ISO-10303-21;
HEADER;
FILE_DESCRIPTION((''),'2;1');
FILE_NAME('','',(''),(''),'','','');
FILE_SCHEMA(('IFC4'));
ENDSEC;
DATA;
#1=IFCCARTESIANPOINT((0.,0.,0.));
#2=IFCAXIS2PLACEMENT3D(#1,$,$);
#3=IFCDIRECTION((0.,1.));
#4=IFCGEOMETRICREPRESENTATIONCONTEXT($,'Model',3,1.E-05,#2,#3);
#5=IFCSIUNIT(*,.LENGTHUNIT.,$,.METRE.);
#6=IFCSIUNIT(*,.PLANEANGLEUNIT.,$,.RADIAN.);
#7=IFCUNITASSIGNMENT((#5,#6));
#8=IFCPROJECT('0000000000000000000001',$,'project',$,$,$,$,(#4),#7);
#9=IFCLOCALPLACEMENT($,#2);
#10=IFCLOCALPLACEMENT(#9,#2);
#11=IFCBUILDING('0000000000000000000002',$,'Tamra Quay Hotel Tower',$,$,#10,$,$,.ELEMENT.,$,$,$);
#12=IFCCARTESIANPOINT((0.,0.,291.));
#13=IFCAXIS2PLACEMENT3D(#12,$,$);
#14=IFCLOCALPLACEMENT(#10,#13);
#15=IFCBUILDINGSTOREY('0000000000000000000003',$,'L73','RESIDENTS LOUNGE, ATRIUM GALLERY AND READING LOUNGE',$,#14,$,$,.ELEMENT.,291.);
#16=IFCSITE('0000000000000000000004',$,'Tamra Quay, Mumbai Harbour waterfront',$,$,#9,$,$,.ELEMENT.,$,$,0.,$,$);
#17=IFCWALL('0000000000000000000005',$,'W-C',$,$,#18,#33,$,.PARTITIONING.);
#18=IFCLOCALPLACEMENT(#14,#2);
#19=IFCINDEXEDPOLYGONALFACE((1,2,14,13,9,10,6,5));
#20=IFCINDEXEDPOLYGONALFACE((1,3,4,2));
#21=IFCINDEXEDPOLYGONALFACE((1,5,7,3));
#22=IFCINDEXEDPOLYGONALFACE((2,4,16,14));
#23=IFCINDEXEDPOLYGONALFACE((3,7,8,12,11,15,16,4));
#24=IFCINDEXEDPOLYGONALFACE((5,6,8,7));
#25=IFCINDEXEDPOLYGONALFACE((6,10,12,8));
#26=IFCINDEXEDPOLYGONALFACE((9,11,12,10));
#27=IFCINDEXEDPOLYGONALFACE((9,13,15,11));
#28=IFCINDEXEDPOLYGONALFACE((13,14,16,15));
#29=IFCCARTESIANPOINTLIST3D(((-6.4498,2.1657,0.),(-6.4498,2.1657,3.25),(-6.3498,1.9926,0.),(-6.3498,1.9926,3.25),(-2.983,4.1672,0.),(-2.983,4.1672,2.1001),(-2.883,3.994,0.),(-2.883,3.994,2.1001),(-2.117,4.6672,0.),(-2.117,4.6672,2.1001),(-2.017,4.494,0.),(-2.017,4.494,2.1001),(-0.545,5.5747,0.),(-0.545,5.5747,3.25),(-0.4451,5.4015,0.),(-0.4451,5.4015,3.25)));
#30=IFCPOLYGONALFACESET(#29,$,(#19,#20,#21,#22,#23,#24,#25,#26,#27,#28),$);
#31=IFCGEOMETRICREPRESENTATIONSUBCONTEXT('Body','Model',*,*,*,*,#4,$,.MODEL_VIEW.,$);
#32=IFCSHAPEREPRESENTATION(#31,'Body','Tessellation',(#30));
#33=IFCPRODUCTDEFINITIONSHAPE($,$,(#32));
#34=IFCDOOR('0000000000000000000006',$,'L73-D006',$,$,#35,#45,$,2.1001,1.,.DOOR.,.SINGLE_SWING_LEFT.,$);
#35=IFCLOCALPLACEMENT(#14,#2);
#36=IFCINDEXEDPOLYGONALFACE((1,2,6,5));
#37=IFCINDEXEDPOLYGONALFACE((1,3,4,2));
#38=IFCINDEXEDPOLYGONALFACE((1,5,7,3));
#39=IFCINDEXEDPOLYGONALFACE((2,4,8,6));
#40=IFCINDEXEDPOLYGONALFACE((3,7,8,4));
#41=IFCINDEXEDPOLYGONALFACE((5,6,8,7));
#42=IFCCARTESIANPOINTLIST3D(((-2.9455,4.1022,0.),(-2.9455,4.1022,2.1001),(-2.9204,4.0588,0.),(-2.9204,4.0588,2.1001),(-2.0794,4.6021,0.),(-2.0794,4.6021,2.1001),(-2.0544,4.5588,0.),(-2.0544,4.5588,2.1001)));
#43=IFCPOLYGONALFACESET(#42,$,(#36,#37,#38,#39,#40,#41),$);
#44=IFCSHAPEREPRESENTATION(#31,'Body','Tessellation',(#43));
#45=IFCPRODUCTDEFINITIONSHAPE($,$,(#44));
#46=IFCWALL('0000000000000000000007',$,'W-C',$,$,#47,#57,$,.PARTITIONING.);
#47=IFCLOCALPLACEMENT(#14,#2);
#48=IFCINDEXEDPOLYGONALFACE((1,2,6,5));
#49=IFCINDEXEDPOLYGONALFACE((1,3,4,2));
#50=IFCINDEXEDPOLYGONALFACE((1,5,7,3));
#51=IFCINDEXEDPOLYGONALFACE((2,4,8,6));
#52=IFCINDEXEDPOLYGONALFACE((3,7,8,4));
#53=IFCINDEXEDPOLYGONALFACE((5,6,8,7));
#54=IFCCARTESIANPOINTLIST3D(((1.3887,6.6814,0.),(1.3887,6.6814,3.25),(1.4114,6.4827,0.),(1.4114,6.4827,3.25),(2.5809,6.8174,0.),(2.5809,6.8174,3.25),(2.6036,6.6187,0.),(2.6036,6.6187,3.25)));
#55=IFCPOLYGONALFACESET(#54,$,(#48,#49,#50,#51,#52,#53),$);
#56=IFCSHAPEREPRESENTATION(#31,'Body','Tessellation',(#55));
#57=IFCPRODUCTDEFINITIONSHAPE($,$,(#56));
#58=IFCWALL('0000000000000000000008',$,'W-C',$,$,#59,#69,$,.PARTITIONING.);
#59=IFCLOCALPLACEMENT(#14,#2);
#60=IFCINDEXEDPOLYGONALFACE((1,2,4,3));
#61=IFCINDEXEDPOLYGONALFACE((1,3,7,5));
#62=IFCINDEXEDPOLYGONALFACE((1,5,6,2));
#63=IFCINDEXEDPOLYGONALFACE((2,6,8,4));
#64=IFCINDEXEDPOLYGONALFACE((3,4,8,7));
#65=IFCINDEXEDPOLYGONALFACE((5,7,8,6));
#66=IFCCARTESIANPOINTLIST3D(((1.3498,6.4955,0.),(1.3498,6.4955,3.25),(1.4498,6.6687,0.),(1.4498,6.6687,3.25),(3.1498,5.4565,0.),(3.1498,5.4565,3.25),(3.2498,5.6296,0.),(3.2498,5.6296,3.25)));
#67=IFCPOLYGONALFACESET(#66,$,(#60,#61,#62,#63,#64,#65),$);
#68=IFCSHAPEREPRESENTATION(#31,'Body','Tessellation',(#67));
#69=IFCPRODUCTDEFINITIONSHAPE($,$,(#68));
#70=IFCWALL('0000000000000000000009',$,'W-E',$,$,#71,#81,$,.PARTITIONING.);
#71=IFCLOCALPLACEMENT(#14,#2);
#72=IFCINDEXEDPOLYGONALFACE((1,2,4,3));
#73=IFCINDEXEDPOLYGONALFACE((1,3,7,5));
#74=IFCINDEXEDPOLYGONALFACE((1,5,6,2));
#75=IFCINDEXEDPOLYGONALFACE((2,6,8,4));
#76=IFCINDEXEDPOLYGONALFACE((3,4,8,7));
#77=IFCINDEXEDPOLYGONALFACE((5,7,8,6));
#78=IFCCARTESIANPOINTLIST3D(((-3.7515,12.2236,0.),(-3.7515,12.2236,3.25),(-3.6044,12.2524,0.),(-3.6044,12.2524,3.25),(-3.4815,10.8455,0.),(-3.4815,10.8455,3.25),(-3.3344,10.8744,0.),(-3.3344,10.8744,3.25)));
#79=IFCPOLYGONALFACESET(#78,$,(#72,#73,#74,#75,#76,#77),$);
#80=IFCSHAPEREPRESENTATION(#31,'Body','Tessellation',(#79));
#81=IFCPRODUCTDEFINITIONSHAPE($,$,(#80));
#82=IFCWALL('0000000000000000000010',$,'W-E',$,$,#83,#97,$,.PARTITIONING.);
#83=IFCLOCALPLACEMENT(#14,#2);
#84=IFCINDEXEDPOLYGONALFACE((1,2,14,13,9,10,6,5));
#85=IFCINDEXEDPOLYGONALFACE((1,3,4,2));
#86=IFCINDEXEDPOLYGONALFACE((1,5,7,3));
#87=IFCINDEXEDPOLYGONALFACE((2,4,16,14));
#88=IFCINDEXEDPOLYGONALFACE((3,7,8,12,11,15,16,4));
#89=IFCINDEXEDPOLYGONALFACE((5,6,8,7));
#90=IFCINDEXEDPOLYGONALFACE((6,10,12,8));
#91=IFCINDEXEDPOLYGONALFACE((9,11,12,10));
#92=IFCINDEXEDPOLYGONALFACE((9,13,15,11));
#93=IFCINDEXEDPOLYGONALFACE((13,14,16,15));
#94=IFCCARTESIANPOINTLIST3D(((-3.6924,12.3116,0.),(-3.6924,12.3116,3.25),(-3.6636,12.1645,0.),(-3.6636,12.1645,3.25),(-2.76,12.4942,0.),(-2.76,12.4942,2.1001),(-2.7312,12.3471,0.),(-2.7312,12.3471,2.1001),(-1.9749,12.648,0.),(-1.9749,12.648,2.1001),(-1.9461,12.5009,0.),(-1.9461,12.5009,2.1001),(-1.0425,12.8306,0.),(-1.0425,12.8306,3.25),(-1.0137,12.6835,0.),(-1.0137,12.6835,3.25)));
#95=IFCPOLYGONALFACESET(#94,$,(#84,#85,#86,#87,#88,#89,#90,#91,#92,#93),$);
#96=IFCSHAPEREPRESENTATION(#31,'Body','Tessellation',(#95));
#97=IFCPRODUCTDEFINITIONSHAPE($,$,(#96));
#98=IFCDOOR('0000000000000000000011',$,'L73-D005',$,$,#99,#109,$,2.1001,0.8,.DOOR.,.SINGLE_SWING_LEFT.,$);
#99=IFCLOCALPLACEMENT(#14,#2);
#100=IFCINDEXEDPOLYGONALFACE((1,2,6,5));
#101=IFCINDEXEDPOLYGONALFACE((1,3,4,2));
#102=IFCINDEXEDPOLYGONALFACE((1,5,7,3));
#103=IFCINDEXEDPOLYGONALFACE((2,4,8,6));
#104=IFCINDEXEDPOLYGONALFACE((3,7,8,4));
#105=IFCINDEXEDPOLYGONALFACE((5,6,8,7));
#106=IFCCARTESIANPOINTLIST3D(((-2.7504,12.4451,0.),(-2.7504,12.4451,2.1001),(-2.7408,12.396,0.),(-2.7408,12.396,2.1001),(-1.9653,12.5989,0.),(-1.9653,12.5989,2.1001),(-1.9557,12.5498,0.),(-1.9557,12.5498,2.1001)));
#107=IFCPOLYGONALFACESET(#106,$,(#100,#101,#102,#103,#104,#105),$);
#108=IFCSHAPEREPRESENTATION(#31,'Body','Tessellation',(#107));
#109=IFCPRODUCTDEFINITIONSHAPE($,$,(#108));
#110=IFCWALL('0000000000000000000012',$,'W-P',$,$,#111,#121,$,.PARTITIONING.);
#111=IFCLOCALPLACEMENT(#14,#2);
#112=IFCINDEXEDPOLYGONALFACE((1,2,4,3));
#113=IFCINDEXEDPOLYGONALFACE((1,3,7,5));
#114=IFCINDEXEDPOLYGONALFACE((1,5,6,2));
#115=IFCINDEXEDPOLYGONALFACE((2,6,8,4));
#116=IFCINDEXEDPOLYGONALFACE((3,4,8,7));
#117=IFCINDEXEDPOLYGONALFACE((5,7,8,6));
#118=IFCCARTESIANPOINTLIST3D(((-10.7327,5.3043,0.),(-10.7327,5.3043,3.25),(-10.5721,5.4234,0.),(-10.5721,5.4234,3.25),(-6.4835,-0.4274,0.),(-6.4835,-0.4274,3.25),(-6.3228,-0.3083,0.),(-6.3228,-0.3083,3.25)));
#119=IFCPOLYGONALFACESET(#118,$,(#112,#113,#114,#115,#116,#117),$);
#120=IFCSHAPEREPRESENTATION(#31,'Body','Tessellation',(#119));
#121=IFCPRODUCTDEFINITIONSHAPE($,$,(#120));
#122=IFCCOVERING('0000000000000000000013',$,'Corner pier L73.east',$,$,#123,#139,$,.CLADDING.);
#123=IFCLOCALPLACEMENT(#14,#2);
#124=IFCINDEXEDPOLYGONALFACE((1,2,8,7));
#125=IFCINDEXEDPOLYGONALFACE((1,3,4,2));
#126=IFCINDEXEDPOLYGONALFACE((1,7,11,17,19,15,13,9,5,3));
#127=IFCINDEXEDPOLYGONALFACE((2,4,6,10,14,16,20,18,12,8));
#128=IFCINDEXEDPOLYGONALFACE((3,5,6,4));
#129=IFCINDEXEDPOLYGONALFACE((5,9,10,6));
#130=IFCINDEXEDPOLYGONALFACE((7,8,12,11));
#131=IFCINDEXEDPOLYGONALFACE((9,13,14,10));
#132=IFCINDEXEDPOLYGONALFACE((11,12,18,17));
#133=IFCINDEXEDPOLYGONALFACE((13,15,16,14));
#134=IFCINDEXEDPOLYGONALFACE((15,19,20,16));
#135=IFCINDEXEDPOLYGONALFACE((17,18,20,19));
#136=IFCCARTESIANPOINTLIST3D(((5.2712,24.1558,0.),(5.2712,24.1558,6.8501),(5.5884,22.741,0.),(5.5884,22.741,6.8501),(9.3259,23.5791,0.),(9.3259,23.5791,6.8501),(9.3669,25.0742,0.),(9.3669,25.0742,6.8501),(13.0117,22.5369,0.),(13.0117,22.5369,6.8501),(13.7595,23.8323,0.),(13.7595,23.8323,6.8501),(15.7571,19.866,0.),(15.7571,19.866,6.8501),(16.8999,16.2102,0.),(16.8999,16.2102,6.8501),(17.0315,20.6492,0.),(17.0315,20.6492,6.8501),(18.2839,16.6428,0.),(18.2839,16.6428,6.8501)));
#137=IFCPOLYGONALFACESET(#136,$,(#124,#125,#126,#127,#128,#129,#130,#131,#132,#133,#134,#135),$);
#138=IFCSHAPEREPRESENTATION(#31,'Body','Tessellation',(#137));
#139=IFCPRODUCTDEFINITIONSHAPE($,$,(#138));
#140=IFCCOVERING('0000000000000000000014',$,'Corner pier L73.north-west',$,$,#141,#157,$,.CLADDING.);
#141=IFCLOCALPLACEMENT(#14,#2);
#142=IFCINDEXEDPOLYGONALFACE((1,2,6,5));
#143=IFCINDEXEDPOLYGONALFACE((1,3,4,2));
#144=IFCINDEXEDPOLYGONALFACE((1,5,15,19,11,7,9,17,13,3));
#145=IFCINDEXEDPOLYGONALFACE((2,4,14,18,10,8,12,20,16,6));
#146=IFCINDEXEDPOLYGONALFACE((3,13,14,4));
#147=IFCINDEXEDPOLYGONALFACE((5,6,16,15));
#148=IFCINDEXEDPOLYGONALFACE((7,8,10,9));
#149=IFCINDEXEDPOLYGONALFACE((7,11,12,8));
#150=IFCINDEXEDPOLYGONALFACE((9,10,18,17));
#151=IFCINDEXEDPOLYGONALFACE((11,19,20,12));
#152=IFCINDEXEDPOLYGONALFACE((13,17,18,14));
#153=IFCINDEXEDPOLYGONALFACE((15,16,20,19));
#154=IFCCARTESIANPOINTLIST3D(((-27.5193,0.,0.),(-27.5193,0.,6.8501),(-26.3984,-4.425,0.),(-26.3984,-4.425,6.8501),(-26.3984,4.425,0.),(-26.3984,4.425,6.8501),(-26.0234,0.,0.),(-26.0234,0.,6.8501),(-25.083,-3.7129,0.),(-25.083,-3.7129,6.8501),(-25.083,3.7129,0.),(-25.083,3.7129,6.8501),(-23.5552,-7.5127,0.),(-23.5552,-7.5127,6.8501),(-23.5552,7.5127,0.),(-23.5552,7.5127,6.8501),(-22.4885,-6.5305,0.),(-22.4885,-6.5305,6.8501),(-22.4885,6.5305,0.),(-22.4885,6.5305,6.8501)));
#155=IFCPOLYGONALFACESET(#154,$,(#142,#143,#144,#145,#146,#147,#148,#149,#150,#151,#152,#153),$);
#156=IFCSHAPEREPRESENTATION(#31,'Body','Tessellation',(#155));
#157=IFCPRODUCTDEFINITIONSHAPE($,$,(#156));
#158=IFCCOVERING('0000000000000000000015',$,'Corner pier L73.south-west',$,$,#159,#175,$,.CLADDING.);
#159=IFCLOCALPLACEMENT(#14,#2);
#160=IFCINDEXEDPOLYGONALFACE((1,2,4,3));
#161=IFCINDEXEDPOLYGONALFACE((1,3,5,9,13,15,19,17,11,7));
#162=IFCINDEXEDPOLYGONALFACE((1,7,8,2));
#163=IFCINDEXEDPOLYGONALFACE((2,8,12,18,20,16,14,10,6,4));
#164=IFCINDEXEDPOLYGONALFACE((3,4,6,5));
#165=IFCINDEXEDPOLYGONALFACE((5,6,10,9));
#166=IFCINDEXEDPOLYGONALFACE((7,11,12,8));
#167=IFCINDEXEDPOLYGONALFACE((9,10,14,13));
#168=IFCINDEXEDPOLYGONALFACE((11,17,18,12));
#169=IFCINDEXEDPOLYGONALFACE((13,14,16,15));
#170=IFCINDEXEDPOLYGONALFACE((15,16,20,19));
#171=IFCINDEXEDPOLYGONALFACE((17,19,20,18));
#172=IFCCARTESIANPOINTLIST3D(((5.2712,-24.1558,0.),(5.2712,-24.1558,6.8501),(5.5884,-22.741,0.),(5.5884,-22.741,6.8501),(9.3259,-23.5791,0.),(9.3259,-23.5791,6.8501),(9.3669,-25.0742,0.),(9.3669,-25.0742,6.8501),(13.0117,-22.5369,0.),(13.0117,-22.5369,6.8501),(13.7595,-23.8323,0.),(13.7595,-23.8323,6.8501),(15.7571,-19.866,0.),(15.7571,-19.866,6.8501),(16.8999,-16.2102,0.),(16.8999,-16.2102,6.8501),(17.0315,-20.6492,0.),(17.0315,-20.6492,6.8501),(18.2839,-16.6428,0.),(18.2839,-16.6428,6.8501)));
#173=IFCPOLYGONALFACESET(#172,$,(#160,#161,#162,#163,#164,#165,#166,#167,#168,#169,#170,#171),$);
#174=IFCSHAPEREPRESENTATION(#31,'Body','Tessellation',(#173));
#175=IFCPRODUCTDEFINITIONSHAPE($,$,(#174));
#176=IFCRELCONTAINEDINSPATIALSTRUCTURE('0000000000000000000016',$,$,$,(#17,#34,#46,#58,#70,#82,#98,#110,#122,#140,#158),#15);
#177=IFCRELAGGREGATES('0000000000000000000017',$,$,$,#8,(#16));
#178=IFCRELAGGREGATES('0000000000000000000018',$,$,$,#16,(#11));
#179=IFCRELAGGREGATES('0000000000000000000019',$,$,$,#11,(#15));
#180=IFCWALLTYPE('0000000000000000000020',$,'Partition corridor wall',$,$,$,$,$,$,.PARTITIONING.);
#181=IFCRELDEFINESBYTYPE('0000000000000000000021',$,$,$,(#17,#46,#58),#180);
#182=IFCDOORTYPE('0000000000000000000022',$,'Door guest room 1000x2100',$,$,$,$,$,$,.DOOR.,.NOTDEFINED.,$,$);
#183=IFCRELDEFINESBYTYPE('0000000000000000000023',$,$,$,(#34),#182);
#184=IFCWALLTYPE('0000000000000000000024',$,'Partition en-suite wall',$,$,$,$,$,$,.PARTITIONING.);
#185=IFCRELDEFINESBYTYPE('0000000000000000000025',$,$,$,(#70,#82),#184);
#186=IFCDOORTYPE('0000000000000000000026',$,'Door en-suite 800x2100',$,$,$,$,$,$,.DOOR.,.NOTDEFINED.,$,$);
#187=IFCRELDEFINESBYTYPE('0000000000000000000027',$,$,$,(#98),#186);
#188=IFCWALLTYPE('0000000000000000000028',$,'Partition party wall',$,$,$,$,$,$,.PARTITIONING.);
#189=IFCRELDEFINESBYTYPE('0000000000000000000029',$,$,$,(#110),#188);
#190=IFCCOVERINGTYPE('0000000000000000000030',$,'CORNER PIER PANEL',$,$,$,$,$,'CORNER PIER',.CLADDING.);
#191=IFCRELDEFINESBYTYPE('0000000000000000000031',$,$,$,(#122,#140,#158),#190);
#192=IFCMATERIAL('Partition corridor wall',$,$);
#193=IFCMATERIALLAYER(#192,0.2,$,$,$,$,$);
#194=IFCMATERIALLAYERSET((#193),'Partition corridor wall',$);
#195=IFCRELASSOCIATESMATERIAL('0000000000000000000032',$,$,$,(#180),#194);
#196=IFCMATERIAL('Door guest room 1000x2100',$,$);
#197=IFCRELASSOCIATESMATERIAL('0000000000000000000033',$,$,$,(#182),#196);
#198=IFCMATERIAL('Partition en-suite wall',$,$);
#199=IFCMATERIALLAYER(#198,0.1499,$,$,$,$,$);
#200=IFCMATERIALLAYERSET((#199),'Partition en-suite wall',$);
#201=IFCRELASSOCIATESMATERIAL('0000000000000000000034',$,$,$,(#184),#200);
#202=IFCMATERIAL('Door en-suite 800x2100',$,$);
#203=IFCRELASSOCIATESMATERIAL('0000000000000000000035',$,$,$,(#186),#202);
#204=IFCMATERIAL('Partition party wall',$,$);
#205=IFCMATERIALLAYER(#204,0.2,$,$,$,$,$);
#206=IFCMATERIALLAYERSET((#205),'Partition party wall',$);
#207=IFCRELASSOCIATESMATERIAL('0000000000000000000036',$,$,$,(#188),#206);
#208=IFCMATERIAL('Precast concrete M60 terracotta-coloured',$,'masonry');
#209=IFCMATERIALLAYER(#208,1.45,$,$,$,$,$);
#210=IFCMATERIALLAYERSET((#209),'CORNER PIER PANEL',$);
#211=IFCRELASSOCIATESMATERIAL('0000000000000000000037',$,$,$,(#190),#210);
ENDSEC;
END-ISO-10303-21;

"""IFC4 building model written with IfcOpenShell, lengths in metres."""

from ifc_helpers import new_model, si_unit, direction, frame, frame_2d, origin, place, context, subcontext, project, spatial, polyline, rectangle, outline, extrude, material, layer, layer_set, type_object, element, fill, save


model = new_model("IFC4")

# Units and contexts
model_context = context("Model", 3, precision=1e-05, world=origin(), true_north=direction((0.0, 1.0)))
body_context = subcontext(model_context, "Body", "Model", "MODEL_VIEW")
ifc_project = project(units=[si_unit("LENGTHUNIT", "METRE"), si_unit("PLANEANGLEUNIT", "RADIAN")], contexts=[model_context])

# Site, building, storey
site_placement = place(None, origin())
site = spatial("IfcSite", under=ifc_project, at=site_placement, Name="Tamra Quay, Mumbai Harbour waterfront", CompositionType="ELEMENT", RefElevation=0.0)
building_placement = place(site_placement, origin())
building = spatial("IfcBuilding", under=site, at=building_placement, Name="Tamra Quay Hotel Tower", CompositionType="ELEMENT")
storey_placement = place(building_placement, frame((0.0, 0.0, 291.0)))
storey = spatial("IfcBuildingStorey", under=building, at=storey_placement, Name="L73", Description="RESIDENTS LOUNGE, ATRIUM GALLERY AND READING LOUNGE", CompositionType="ELEMENT", Elevation=291.0)

# Wall, opening, door
ifc_material_1 = material(Name="Partition corridor wall")
ifc_layer_1 = layer(ifc_material_1, 0.2)
ifc_layer_set_1 = layer_set([ifc_layer_1], Name="Partition corridor wall")
wall_type_1 = type_object("IfcWallType", Name="Partition corridor wall", PredefinedType="PARTITIONING", material=ifc_layer_set_1)
wall_1_placement = place(storey_placement, frame((-6.3999, 2.0791, 0.0), z_axis=(0.0, 0.0, 1.0), x_axis=(0.866038, 0.499979, 0.0)))
wall_1 = element("IfcWall", 1, at=wall_1_placement, inside=storey, type_object=wall_type_1, Name="W-C", PredefinedType="PARTITIONING", context=body_context, shape_type="SweptSolid", body=[
    extrude(rectangle(XDim=6.8181, YDim=0.2, at=frame_2d((3.4092, 0.0))), origin(), (0.0, 0.0, 1.0), 3.25),
])
opening_1_placement = place(wall_1_placement, frame((4.0032, 0.0, 0.0)))
opening_1 = element("IfcOpeningElement", 2, at=opening_1_placement, cuts=wall_1, PredefinedType="OPENING", context=body_context, shape_type="SweptSolid", body=[
    extrude(rectangle(XDim=1.0, YDim=2.1001, at=frame_2d((0.5, 1.05))), frame((0.0, 0.1099, 0.0), z_axis=(0.0, -1.0, 0.0), x_axis=(1.0, 0.0, 0.0)), (0.0, 0.0, 1.0), 0.22),
])
ifc_material_2 = material(Name="Door guest room 1000x2100")
door_type_1 = type_object("IfcDoorType", Name="Door guest room 1000x2100", OperationType="NOTDEFINED", PredefinedType="DOOR", material=ifc_material_2)
door_1_placement = place(opening_1_placement, origin())
door_1 = element("IfcDoor", 3, at=door_1_placement, inside=storey, type_object=door_type_1, Name="L73-D006", OperationType="SINGLE_SWING_LEFT", OverallHeight=2.1001, OverallWidth=1.0, PredefinedType="DOOR", context=body_context, shape_type="SweptSolid", body=[
    extrude(rectangle(XDim=1.0, YDim=2.1001, at=frame_2d((0.5, 1.05))), frame((0.0, 0.0249, 0.0), z_axis=(0.0, -1.0, 0.0), x_axis=(1.0, 0.0, 0.0)), (0.0, 0.0, 1.0), 0.05),
])
fill(opening_1, door_1)

# Walls
wall_2_placement = place(storey_placement, frame((1.3999, 6.582, 0.0), z_axis=(0.0, 0.0, 1.0), x_axis=(0.993557, 0.113334, 0.0)))
element("IfcWall", 4, at=wall_2_placement, inside=storey, type_object=wall_type_1, Name="W-C", PredefinedType="PARTITIONING", context=body_context, shape_type="SweptSolid", body=[
    extrude(rectangle(XDim=1.2, YDim=0.2, at=frame_2d((0.6001, 0.0))), origin(), (0.0, 0.0, 1.0), 3.25),
])
wall_3_placement = place(storey_placement, frame((1.3999, 6.582, 0.0), z_axis=(0.0, 0.0, 1.0), x_axis=(0.866066, -0.499929, 0.0)))
element("IfcWall", 5, at=wall_3_placement, inside=storey, type_object=wall_type_1, Name="W-C", PredefinedType="PARTITIONING", context=body_context, shape_type="SweptSolid", body=[
    extrude(rectangle(XDim=2.0784, YDim=0.2, at=frame_2d((1.0391, 0.0))), origin(), (0.0, 0.0, 1.0), 3.25),
])
ifc_material_3 = material(Name="Partition en-suite wall")
ifc_layer_2 = layer(ifc_material_3, 0.1499)
ifc_layer_set_2 = layer_set([ifc_layer_2], Name="Partition en-suite wall")
wall_type_2 = type_object("IfcWallType", Name="Partition en-suite wall", PredefinedType="PARTITIONING", material=ifc_layer_set_2)
wall_4_placement = place(storey_placement, frame((-3.678, 12.238, 0.0), z_axis=(0.0, 0.0, 1.0), x_axis=(0.19227, -0.981342, 0.0)))
element("IfcWall", 6, at=wall_4_placement, inside=storey, type_object=wall_type_2, Name="W-E", PredefinedType="PARTITIONING", context=body_context, shape_type="SweptSolid", body=[
    extrude(rectangle(XDim=1.4043, YDim=0.1499, at=frame_2d((0.7021, 0.0))), origin(), (0.0, 0.0, 1.0), 3.25),
])

# Wall, opening, door
wall_5_placement = place(storey_placement, frame((-3.678, 12.238, 0.0), z_axis=(0.0, 0.0, 1.0), x_axis=(0.981352, 0.19222, 0.0)))
wall_5 = element("IfcWall", 7, at=wall_5_placement, inside=storey, type_object=wall_type_2, Name="W-E", PredefinedType="PARTITIONING", context=body_context, shape_type="SweptSolid", body=[
    extrude(rectangle(XDim=2.7002, YDim=0.1499, at=frame_2d((1.3501, 0.0))), origin(), (0.0, 0.0, 1.0), 3.25),
])
opening_2_placement = place(wall_5_placement, frame((0.9502, 0.0, 0.0)))
opening_2 = element("IfcOpeningElement", 8, at=opening_2_placement, cuts=wall_5, PredefinedType="OPENING", context=body_context, shape_type="SweptSolid", body=[
    extrude(rectangle(XDim=0.8, YDim=2.1001, at=frame_2d((0.3999, 1.05))), frame((0.0, 0.085, 0.0), z_axis=(0.0, -1.0, 0.0), x_axis=(1.0, 0.0, 0.0)), (0.0, 0.0, 1.0), 0.1699),
])
ifc_material_4 = material(Name="Door en-suite 800x2100")
door_type_2 = type_object("IfcDoorType", Name="Door en-suite 800x2100", OperationType="NOTDEFINED", PredefinedType="DOOR", material=ifc_material_4)
door_2_placement = place(opening_2_placement, origin())
door_2 = element("IfcDoor", 9, at=door_2_placement, inside=storey, type_object=door_type_2, Name="L73-D005", OperationType="SINGLE_SWING_LEFT", OverallHeight=2.1001, OverallWidth=0.8, PredefinedType="DOOR", context=body_context, shape_type="SweptSolid", body=[
    extrude(rectangle(XDim=0.8, YDim=2.1001, at=frame_2d((0.3999, 1.05))), frame((0.0, 0.0249, 0.0), z_axis=(0.0, -1.0, 0.0), x_axis=(1.0, 0.0, 0.0)), (0.0, 0.0, 1.0), 0.05),
])
fill(opening_2, door_2)

# Wall
ifc_material_5 = material(Name="Partition party wall")
ifc_layer_3 = layer(ifc_material_5, 0.2)
ifc_layer_set_3 = layer_set([ifc_layer_3], Name="Partition party wall")
wall_type_3 = type_object("IfcWallType", Name="Partition party wall", PredefinedType="PARTITIONING", material=ifc_layer_set_3)
wall_6_placement = place(storey_placement, frame((-10.6523, 5.3638, 0.0), z_axis=(0.0, 0.0, 1.0), x_axis=(0.595551, -0.803318, 0.0)))
element("IfcWall", 10, at=wall_6_placement, inside=storey, type_object=wall_type_3, Name="W-P", PredefinedType="PARTITIONING", context=body_context, shape_type="SweptSolid", body=[
    extrude(rectangle(XDim=7.135, YDim=0.2, at=frame_2d((3.5674, 0.0))), origin(), (0.0, 0.0, 1.0), 3.25),
])

# Coverings
ifc_material_6 = material(Name="Precast concrete M60 terracotta-coloured", Category="masonry")
ifc_layer_4 = layer(ifc_material_6, 1.45)
ifc_layer_set_4 = layer_set([ifc_layer_4], Name="CORNER PIER PANEL")
covering_type = type_object("IfcCoveringType", Name="CORNER PIER PANEL", ElementType="CORNER PIER", PredefinedType="CLADDING", material=ifc_layer_set_4)
covering_1_placement = place(storey_placement, origin())
element("IfcCovering", 11, at=covering_1_placement, inside=storey, type_object=covering_type, Name="Corner pier L73.east", PredefinedType="CLADDING", context=body_context, shape_type="SweptSolid", body=[
    extrude(outline(polyline([(16.8999, 16.2102), (18.2839, 16.6428), (17.0315, 20.6492), (13.7595, 23.8323), (9.3669, 25.0742), (5.2712, 24.1558), (5.5884, 22.741), (9.3259, 23.5791), (13.0117, 22.5369), (15.7571, 19.866), (16.8999, 16.2102)])), origin(), (0.0, 0.0, 1.0), 6.8501),
])
covering_2_placement = place(storey_placement, origin())
element("IfcCovering", 12, at=covering_2_placement, inside=storey, type_object=covering_type, Name="Corner pier L73.north-west", PredefinedType="CLADDING", context=body_context, shape_type="SweptSolid", body=[
    extrude(outline(polyline([(-22.4885, 6.5305), (-23.5552, 7.5127), (-26.3984, 4.425), (-27.5193, 0.0), (-26.3984, -4.425), (-23.5552, -7.5127), (-22.4885, -6.5305), (-25.083, -3.7129), (-26.0234, 0.0), (-25.083, 3.7129), (-22.4885, 6.5305)])), origin(), (0.0, 0.0, 1.0), 6.8501),
])
covering_3_placement = place(storey_placement, origin())
element("IfcCovering", 13, at=covering_3_placement, inside=storey, type_object=covering_type, Name="Corner pier L73.south-west", PredefinedType="CLADDING", context=body_context, shape_type="SweptSolid", body=[
    extrude(outline(polyline([(5.5884, -22.741), (5.2712, -24.1558), (9.3669, -25.0742), (13.7595, -23.8323), (17.0315, -20.6492), (18.2839, -16.6428), (16.8999, -16.2102), (15.7571, -19.866), (13.0117, -22.5369), (9.3259, -23.5791), (5.5884, -22.741)])), origin(), (0.0, 0.0, 1.0), 6.8501),
])

save(model, "model.ifc")
